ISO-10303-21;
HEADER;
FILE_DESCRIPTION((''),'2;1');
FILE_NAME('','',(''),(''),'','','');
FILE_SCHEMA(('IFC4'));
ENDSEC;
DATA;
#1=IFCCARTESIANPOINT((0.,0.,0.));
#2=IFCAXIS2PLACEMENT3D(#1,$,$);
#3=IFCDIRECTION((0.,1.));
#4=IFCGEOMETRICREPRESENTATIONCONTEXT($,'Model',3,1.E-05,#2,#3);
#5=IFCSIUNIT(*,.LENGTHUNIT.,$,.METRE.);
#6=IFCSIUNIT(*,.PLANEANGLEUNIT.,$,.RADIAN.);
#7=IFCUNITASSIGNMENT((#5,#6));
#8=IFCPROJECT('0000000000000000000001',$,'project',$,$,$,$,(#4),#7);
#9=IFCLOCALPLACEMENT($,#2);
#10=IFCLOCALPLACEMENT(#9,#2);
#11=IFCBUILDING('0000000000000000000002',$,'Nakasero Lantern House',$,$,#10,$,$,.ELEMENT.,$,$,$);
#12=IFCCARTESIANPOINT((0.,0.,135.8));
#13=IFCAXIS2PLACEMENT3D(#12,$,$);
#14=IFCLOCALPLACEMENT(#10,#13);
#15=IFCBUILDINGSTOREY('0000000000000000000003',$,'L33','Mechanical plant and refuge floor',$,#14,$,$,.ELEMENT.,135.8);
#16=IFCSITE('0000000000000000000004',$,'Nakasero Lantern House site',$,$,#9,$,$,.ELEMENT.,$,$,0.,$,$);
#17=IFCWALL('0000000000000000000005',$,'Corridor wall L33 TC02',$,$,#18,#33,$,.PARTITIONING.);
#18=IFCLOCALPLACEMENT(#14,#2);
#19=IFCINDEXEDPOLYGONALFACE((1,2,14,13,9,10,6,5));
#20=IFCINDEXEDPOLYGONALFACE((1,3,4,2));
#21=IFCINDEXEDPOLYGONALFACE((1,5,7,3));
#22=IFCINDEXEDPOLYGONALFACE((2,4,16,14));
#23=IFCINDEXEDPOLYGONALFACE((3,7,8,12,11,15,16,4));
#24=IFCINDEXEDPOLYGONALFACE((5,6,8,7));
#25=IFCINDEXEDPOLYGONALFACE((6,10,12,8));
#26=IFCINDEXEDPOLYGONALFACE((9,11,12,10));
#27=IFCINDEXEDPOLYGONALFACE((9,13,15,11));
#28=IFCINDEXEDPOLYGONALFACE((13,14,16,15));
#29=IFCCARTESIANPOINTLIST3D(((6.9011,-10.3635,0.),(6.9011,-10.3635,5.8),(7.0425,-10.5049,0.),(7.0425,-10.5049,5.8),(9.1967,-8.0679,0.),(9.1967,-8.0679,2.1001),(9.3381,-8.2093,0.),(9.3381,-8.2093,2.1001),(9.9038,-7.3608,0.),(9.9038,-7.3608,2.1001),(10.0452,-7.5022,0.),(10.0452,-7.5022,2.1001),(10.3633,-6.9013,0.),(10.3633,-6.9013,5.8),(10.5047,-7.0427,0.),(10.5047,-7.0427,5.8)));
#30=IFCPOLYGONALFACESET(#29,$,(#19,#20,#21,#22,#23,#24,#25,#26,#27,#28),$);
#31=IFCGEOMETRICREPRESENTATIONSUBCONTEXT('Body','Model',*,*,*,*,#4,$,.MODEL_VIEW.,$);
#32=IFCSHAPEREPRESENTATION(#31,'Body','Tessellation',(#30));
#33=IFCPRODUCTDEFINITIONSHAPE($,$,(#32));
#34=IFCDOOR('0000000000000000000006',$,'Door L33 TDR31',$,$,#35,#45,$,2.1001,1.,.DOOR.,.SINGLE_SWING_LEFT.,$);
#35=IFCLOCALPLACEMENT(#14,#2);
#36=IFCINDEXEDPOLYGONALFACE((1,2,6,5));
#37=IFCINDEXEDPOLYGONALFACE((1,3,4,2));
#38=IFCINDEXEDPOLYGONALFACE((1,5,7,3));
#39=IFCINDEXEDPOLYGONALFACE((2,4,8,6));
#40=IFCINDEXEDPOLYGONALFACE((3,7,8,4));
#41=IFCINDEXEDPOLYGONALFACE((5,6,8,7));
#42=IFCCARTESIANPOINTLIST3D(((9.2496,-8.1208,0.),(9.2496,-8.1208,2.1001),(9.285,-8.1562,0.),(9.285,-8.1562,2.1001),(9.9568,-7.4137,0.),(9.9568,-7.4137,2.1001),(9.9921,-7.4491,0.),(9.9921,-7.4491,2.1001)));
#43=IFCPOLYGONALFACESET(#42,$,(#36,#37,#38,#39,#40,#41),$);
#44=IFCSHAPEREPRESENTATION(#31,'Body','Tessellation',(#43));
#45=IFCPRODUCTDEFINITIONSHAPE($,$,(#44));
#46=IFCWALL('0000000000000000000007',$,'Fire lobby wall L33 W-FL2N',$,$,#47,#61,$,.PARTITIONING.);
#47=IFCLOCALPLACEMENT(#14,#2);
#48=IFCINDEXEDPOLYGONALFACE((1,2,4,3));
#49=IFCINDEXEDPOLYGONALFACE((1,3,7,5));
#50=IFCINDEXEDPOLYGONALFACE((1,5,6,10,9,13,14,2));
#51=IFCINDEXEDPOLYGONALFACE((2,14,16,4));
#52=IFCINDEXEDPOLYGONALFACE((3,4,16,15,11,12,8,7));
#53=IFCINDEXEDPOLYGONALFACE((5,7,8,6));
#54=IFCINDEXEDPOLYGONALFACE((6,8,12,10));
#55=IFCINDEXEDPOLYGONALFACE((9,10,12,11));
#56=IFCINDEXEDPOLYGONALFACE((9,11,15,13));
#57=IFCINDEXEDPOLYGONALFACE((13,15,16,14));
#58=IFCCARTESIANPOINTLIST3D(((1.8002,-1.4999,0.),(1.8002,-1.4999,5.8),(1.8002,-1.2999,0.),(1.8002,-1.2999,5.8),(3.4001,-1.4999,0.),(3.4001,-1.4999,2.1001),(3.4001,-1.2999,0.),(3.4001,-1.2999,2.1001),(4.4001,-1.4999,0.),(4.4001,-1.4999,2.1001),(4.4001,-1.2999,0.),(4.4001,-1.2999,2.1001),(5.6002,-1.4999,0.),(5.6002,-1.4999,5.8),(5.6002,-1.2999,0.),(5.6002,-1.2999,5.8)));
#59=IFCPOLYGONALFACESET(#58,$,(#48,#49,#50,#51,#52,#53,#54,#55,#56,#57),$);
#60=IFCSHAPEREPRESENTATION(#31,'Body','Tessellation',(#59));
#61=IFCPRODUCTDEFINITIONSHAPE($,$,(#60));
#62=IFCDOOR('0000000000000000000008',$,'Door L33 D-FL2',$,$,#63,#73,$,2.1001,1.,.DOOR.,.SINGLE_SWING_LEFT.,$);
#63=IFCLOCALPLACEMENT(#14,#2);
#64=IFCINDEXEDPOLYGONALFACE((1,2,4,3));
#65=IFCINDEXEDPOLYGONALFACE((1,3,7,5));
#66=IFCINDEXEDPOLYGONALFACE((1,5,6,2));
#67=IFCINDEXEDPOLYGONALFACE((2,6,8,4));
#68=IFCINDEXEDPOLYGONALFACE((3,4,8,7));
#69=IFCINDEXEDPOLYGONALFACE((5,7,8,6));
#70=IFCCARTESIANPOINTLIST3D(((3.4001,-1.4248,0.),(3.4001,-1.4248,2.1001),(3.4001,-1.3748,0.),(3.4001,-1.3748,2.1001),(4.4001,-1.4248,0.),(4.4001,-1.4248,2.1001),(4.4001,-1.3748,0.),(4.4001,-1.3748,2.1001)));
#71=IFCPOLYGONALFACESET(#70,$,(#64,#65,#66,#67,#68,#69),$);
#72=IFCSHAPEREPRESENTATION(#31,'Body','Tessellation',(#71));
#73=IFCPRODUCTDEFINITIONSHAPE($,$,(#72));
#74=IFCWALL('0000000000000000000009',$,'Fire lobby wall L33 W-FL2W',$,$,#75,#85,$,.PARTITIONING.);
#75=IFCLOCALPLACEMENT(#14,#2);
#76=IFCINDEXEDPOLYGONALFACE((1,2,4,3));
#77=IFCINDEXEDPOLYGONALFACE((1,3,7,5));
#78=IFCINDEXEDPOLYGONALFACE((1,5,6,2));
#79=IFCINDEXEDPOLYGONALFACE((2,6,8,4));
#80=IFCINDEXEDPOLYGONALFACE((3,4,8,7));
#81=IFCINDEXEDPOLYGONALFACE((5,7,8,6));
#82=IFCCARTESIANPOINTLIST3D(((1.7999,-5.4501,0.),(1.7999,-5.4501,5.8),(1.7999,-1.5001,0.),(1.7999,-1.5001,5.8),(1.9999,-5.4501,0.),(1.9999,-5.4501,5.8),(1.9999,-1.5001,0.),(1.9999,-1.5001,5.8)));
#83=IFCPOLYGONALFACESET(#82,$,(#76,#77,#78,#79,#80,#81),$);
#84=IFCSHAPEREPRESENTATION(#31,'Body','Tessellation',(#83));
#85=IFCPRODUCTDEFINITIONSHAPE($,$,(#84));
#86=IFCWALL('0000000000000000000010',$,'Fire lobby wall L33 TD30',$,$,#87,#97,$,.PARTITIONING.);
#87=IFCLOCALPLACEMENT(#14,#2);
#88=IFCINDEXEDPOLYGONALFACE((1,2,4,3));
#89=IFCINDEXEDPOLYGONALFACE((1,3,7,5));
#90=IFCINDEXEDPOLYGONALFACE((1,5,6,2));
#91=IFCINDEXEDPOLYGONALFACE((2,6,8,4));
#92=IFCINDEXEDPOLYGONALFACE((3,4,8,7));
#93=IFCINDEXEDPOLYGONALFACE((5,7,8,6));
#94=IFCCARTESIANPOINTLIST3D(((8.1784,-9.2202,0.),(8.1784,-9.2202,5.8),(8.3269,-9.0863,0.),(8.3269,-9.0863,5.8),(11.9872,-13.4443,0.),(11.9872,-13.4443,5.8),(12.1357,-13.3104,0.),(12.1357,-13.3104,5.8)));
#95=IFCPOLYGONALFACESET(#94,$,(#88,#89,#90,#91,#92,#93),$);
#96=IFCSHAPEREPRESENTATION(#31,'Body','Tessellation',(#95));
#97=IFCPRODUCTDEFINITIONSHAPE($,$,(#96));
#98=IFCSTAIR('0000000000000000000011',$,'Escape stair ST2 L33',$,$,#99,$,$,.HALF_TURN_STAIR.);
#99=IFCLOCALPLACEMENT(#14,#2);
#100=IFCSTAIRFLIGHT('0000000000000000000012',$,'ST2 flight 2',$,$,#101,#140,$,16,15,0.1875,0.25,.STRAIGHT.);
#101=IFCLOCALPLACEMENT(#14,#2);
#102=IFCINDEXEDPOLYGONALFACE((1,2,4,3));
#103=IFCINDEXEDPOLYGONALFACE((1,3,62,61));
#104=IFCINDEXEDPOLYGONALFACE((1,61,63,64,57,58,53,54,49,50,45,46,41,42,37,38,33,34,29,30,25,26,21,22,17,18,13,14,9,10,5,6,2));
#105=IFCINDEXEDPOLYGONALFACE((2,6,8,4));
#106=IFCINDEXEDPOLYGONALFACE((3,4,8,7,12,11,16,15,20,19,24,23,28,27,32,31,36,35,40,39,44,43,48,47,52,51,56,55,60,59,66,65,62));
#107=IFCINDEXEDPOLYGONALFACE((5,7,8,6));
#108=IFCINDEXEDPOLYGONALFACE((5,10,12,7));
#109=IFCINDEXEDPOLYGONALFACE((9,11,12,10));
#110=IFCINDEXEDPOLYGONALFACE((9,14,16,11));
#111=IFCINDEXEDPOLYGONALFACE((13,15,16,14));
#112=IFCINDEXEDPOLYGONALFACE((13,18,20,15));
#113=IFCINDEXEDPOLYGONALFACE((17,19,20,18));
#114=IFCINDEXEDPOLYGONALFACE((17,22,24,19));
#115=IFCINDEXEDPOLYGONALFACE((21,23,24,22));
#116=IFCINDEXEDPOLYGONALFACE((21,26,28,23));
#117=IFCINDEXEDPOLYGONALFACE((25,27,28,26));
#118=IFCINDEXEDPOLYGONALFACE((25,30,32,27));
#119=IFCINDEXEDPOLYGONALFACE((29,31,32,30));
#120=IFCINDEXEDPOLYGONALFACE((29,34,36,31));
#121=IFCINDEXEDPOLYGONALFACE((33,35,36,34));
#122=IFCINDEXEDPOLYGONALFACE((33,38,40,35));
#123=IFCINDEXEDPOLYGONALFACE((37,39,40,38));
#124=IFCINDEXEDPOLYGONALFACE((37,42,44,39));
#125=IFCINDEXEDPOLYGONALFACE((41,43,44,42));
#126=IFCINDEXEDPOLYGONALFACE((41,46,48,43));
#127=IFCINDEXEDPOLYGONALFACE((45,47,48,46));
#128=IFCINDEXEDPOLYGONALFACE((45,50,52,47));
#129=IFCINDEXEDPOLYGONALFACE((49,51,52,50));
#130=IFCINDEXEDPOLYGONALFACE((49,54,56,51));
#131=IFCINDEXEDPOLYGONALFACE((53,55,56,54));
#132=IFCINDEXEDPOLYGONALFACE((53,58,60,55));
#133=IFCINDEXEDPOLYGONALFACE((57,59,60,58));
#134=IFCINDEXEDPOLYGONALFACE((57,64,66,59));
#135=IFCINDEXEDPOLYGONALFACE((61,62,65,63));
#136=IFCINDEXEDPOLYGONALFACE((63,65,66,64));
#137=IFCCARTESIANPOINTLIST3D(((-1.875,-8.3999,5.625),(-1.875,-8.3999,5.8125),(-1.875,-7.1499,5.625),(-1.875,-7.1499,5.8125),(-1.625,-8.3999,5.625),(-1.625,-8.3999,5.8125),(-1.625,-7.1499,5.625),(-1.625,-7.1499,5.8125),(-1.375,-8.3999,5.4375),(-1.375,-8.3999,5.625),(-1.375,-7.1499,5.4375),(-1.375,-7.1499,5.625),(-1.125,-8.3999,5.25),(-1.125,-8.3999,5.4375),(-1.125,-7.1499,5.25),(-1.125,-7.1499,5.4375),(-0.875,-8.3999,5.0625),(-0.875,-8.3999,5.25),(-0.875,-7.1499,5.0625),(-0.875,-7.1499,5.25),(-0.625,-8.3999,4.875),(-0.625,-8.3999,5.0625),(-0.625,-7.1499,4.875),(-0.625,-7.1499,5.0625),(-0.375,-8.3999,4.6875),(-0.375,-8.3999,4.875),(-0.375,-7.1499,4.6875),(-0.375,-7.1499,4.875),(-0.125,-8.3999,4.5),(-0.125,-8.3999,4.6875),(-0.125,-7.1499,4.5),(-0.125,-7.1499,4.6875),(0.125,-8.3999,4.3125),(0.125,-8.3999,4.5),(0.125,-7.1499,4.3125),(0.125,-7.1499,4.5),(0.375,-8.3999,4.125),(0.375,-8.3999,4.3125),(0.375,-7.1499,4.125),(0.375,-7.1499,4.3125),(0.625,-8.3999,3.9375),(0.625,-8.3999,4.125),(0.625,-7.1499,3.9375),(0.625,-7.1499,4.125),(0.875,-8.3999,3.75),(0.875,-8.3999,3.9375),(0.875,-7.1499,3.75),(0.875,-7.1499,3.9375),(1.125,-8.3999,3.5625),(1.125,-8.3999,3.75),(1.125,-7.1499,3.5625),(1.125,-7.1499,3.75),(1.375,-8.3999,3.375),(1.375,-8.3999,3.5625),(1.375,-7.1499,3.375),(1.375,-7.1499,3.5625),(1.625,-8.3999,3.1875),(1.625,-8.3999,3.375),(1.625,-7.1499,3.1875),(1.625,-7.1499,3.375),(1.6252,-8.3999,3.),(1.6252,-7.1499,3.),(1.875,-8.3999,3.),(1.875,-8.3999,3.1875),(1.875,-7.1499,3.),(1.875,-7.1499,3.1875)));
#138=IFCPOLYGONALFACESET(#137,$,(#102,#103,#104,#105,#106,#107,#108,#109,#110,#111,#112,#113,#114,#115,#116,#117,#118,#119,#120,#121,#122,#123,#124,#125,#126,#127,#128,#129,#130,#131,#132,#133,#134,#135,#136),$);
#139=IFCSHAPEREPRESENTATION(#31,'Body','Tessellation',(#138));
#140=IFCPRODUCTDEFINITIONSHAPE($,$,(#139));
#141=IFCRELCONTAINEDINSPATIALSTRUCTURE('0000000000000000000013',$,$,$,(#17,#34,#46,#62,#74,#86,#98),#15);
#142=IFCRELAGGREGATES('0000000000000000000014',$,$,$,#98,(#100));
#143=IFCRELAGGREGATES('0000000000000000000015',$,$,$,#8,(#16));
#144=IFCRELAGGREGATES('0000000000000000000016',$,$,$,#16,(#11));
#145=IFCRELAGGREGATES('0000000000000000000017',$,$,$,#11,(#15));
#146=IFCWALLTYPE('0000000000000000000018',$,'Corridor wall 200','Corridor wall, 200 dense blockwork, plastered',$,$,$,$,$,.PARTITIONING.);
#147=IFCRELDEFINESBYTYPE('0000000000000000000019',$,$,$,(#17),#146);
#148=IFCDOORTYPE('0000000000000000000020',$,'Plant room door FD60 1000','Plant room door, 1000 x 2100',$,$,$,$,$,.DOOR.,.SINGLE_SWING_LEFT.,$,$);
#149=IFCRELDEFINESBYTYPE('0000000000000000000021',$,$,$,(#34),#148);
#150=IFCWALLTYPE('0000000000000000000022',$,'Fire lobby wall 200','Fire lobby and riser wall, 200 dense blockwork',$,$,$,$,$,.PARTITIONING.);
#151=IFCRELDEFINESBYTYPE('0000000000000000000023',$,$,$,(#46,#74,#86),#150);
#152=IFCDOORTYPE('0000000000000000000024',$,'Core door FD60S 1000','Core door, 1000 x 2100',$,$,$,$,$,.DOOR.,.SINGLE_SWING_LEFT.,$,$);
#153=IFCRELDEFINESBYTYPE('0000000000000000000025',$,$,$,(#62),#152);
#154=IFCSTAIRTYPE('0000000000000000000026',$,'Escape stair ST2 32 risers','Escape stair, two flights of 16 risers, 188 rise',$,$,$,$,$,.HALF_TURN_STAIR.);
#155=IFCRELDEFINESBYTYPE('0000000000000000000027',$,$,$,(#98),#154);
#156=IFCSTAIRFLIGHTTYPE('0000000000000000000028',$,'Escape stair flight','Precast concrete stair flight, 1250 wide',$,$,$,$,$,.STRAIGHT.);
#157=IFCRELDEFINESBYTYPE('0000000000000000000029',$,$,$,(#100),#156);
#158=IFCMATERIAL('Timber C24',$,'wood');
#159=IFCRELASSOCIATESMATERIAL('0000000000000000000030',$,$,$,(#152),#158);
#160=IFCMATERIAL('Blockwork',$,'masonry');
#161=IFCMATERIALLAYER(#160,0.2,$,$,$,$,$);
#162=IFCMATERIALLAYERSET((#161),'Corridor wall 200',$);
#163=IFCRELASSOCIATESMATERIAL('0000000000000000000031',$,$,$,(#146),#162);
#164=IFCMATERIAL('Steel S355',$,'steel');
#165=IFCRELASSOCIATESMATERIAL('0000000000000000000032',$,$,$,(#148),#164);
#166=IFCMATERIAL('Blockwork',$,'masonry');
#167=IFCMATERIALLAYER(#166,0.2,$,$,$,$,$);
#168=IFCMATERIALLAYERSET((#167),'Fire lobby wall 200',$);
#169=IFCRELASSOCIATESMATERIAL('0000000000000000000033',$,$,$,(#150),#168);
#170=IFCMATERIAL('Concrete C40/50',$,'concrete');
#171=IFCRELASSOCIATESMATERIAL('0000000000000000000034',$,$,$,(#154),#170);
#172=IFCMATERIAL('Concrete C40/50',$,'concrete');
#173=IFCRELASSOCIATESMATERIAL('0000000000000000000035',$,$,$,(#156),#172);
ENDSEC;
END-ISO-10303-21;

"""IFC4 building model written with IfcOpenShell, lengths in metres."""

from ifc_helpers import new_model, si_unit, direction, frame, frame_2d, origin, place, context, subcontext, project, spatial, polyline, rectangle, outline, extrude, material, layer, layer_set, type_object, element, fill, aggregate, save


model = new_model("IFC4")

# Units and contexts
model_context = context("Model", 3, precision=1e-05, world=origin(), true_north=direction((0.0, 1.0)))
body_context = subcontext(model_context, "Body", "Model", "MODEL_VIEW")
ifc_project = project(units=[si_unit("LENGTHUNIT", "METRE"), si_unit("PLANEANGLEUNIT", "RADIAN")], contexts=[model_context])

# Site, building, storey
site_placement = place(None, origin())
site = spatial("IfcSite", under=ifc_project, at=site_placement, Name="Nakasero Lantern House site", CompositionType="ELEMENT", RefElevation=0.0)
building_placement = place(site_placement, origin())
building = spatial("IfcBuilding", under=site, at=building_placement, Name="Nakasero Lantern House", CompositionType="ELEMENT")
storey_placement = place(building_placement, frame((0.0, 0.0, 135.8)))
storey = spatial("IfcBuildingStorey", under=building, at=storey_placement, Name="L33", Description="Mechanical plant and refuge floor", CompositionType="ELEMENT", Elevation=135.8)

# Shared definitions
ifc_material_1 = material(Name="Timber C24", Category="wood")
door_type_1 = type_object("IfcDoorType", Name="Core door FD60S 1000", Description="Core door, 1000 x 2100", OperationType="SINGLE_SWING_LEFT", PredefinedType="DOOR", material=ifc_material_1)

# Walls, openings, doors
ifc_material_2 = material(Name="Blockwork", Category="masonry")
ifc_layer_1 = layer(ifc_material_2, 0.2)
ifc_layer_set_1 = layer_set([ifc_layer_1], Name="Corridor wall 200")
wall_type_1 = type_object("IfcWallType", Name="Corridor wall 200", Description="Corridor wall, 200 dense blockwork, plastered", PredefinedType="PARTITIONING", material=ifc_layer_set_1)
wall_1_placement = place(storey_placement, frame((10.4341, -6.9719, 0.0), z_axis=(0.0, 0.0, 1.0), x_axis=(-0.707107, -0.707107, 0.0)))
wall_1 = element("IfcWall", 1, at=wall_1_placement, inside=storey, type_object=wall_type_1, Name="Corridor wall L33 TC02", PredefinedType="PARTITIONING", context=body_context, shape_type="SweptSolid", body=[
    extrude(rectangle(XDim=4.8962, YDim=0.2, at=frame_2d((2.4482, 0.0))), origin(), (0.0, 0.0, 1.0), 5.8),
])
opening_1_placement = place(wall_1_placement, frame((0.6499, 0.0, 0.0)))
opening_1 = element("IfcOpeningElement", 2, at=opening_1_placement, cuts=wall_1, PredefinedType="OPENING", context=body_context, shape_type="SweptSolid", body=[
    extrude(rectangle(XDim=1.0, YDim=2.1001, at=frame_2d((0.5, 1.05))), frame((0.0, 0.1199, 0.0), z_axis=(0.0, -1.0, 0.0), x_axis=(1.0, 0.0, 0.0)), (0.0, 0.0, 1.0), 0.24),
])
ifc_material_3 = material(Name="Steel S355", Category="steel")
door_type_2 = type_object("IfcDoorType", Name="Plant room door FD60 1000", Description="Plant room door, 1000 x 2100", OperationType="SINGLE_SWING_LEFT", PredefinedType="DOOR", material=ifc_material_3)
door_1_placement = place(opening_1_placement, origin())
door_1 = element("IfcDoor", 3, at=door_1_placement, inside=storey, type_object=door_type_2, Name="Door L33 TDR31", OperationType="SINGLE_SWING_LEFT", OverallHeight=2.1001, OverallWidth=1.0, PredefinedType="DOOR", context=body_context, shape_type="SweptSolid", body=[
    extrude(rectangle(XDim=1.0, YDim=2.1001, at=frame_2d((0.5, 1.05))), frame((0.0, 0.0249, 0.0), z_axis=(0.0, -1.0, 0.0), x_axis=(1.0, 0.0, 0.0)), (0.0, 0.0, 1.0), 0.05),
])
fill(opening_1, door_1)
ifc_material_4 = material(Name="Blockwork", Category="masonry")
ifc_layer_2 = layer(ifc_material_4, 0.2)
ifc_layer_set_2 = layer_set([ifc_layer_2], Name="Fire lobby wall 200")
wall_type_2 = type_object("IfcWallType", Name="Fire lobby wall 200", Description="Fire lobby and riser wall, 200 dense blockwork", PredefinedType="PARTITIONING", material=ifc_layer_set_2)
wall_2_placement = place(storey_placement, frame((5.6001, -1.3999, 0.0), z_axis=(0.0, 0.0, 1.0), x_axis=(-1.0, 0.0, 0.0)))
wall_2 = element("IfcWall", 4, at=wall_2_placement, inside=storey, type_object=wall_type_2, Name="Fire lobby wall L33 W-FL2N", PredefinedType="PARTITIONING", context=body_context, shape_type="SweptSolid", body=[
    extrude(rectangle(XDim=3.8, YDim=0.2, at=frame_2d((1.8999, 0.0))), origin(), (0.0, 0.0, 1.0), 5.8),
])
opening_2_placement = place(wall_2_placement, frame((1.2, 0.0, 0.0)))
opening_2 = element("IfcOpeningElement", 5, at=opening_2_placement, cuts=wall_2, PredefinedType="OPENING", context=body_context, shape_type="SweptSolid", body=[
    extrude(rectangle(XDim=1.0, YDim=2.1001, at=frame_2d((0.5, 1.05))), frame((0.0, 0.1199, 0.0), z_axis=(0.0, -1.0, 0.0), x_axis=(1.0, 0.0, 0.0)), (0.0, 0.0, 1.0), 0.24),
])
door_2_placement = place(opening_2_placement, origin())
door_2 = element("IfcDoor", 6, at=door_2_placement, inside=storey, type_object=door_type_1, Name="Door L33 D-FL2", OperationType="SINGLE_SWING_LEFT", OverallHeight=2.1001, OverallWidth=1.0, PredefinedType="DOOR", context=body_context, shape_type="SweptSolid", body=[
    extrude(rectangle(XDim=1.0, YDim=2.1001, at=frame_2d((0.5, 1.05))), frame((0.0, 0.0249, 0.0), z_axis=(0.0, -1.0, 0.0), x_axis=(1.0, 0.0, 0.0)), (0.0, 0.0, 1.0), 0.05),
])
fill(opening_2, door_2)

# Walls
wall_3_placement = place(storey_placement, frame((1.8999, -1.5, 0.0), z_axis=(0.0, 0.0, 1.0), x_axis=(0.0, -1.0, 0.0)))
element("IfcWall", 7, at=wall_3_placement, inside=storey, type_object=wall_type_2, Name="Fire lobby wall L33 W-FL2W", PredefinedType="PARTITIONING", context=body_context, shape_type="SweptSolid", body=[
    extrude(rectangle(XDim=3.95, YDim=0.2, at=frame_2d((1.9751, 0.0))), origin(), (0.0, 0.0, 1.0), 5.8),
])
wall_4_placement = place(storey_placement, frame((8.2527, -9.1533, 0.0), z_axis=(0.0, 0.0, 1.0), x_axis=(0.669657, -0.742671, 0.0)))
element("IfcWall", 8, at=wall_4_placement, inside=storey, type_object=wall_type_2, Name="Fire lobby wall L33 TD30", PredefinedType="PARTITIONING", context=body_context, shape_type="SweptSolid", body=[
    extrude(rectangle(XDim=5.6877, YDim=0.2, at=frame_2d((2.8438, 0.0))), origin(), (0.0, 0.0, 1.0), 5.8),
])

# Stair, stair flight
ifc_material_5 = material(Name="Concrete C40/50", Category="concrete")
stair_type = type_object("IfcStairType", Name="Escape stair ST2 32 risers", Description="Escape stair, two flights of 16 risers, 188 rise", PredefinedType="HALF_TURN_STAIR", material=ifc_material_5)
stair_placement = place(storey_placement, origin())
stair = element("IfcStair", 9, at=stair_placement, inside=storey, type_object=stair_type, Name="Escape stair ST2 L33", PredefinedType="HALF_TURN_STAIR")
ifc_material_6 = material(Name="Concrete C40/50", Category="concrete")
stair_flight_type = type_object("IfcStairFlightType", Name="Escape stair flight", Description="Precast concrete stair flight, 1250 wide", PredefinedType="STRAIGHT", material=ifc_material_6)
stair_flight_placement = place(storey_placement, frame((1.875, -7.7749, 3.0), z_axis=(0.0, 0.0, 1.0), x_axis=(-1.0, 0.0, 0.0)))
stair_flight = element("IfcStairFlight", 10, at=stair_flight_placement, type_object=stair_flight_type, Name="ST2 flight 2", NumberOfRisers=16, NumberOfTreads=15, PredefinedType="STRAIGHT", RiserHeight=0.1875, TreadLength=0.25, context=body_context, shape_type="SweptSolid", body=[
    extrude(outline(polyline([(0.0, 0.0), (0.0, 0.1875), (0.25, 0.1875), (0.25, 0.375), (0.5, 0.375), (0.5, 0.5625), (0.75, 0.5625), (0.75, 0.75), (1.0, 0.75), (1.0, 0.9375), (1.25, 0.9375), (1.25, 1.125), (1.5, 1.125), (1.5, 1.3125), (1.75, 1.3125), (1.75, 1.5), (2.0, 1.5), (2.0, 1.6875), (2.25, 1.6875), (2.25, 1.875), (2.5, 1.875), (2.5, 2.0625), (2.75, 2.0625), (2.75, 2.25), (3.0, 2.25), (3.0, 2.4375), (3.25, 2.4375), (3.25, 2.625), (3.5, 2.625), (3.5, 2.8125), (3.75, 2.8125), (3.75, 3.0), (3.75, 2.625), (0.2498, 0.0), (0.0, 0.0)])), frame((0.0, 0.625, 0.0), z_axis=(0.0, -1.0, 0.0), x_axis=(1.0, 0.0, 0.0)), (0.0, 0.0, 1.0), 1.25),
])
aggregate(stair, [stair_flight])

save(model, "model.ifc")
